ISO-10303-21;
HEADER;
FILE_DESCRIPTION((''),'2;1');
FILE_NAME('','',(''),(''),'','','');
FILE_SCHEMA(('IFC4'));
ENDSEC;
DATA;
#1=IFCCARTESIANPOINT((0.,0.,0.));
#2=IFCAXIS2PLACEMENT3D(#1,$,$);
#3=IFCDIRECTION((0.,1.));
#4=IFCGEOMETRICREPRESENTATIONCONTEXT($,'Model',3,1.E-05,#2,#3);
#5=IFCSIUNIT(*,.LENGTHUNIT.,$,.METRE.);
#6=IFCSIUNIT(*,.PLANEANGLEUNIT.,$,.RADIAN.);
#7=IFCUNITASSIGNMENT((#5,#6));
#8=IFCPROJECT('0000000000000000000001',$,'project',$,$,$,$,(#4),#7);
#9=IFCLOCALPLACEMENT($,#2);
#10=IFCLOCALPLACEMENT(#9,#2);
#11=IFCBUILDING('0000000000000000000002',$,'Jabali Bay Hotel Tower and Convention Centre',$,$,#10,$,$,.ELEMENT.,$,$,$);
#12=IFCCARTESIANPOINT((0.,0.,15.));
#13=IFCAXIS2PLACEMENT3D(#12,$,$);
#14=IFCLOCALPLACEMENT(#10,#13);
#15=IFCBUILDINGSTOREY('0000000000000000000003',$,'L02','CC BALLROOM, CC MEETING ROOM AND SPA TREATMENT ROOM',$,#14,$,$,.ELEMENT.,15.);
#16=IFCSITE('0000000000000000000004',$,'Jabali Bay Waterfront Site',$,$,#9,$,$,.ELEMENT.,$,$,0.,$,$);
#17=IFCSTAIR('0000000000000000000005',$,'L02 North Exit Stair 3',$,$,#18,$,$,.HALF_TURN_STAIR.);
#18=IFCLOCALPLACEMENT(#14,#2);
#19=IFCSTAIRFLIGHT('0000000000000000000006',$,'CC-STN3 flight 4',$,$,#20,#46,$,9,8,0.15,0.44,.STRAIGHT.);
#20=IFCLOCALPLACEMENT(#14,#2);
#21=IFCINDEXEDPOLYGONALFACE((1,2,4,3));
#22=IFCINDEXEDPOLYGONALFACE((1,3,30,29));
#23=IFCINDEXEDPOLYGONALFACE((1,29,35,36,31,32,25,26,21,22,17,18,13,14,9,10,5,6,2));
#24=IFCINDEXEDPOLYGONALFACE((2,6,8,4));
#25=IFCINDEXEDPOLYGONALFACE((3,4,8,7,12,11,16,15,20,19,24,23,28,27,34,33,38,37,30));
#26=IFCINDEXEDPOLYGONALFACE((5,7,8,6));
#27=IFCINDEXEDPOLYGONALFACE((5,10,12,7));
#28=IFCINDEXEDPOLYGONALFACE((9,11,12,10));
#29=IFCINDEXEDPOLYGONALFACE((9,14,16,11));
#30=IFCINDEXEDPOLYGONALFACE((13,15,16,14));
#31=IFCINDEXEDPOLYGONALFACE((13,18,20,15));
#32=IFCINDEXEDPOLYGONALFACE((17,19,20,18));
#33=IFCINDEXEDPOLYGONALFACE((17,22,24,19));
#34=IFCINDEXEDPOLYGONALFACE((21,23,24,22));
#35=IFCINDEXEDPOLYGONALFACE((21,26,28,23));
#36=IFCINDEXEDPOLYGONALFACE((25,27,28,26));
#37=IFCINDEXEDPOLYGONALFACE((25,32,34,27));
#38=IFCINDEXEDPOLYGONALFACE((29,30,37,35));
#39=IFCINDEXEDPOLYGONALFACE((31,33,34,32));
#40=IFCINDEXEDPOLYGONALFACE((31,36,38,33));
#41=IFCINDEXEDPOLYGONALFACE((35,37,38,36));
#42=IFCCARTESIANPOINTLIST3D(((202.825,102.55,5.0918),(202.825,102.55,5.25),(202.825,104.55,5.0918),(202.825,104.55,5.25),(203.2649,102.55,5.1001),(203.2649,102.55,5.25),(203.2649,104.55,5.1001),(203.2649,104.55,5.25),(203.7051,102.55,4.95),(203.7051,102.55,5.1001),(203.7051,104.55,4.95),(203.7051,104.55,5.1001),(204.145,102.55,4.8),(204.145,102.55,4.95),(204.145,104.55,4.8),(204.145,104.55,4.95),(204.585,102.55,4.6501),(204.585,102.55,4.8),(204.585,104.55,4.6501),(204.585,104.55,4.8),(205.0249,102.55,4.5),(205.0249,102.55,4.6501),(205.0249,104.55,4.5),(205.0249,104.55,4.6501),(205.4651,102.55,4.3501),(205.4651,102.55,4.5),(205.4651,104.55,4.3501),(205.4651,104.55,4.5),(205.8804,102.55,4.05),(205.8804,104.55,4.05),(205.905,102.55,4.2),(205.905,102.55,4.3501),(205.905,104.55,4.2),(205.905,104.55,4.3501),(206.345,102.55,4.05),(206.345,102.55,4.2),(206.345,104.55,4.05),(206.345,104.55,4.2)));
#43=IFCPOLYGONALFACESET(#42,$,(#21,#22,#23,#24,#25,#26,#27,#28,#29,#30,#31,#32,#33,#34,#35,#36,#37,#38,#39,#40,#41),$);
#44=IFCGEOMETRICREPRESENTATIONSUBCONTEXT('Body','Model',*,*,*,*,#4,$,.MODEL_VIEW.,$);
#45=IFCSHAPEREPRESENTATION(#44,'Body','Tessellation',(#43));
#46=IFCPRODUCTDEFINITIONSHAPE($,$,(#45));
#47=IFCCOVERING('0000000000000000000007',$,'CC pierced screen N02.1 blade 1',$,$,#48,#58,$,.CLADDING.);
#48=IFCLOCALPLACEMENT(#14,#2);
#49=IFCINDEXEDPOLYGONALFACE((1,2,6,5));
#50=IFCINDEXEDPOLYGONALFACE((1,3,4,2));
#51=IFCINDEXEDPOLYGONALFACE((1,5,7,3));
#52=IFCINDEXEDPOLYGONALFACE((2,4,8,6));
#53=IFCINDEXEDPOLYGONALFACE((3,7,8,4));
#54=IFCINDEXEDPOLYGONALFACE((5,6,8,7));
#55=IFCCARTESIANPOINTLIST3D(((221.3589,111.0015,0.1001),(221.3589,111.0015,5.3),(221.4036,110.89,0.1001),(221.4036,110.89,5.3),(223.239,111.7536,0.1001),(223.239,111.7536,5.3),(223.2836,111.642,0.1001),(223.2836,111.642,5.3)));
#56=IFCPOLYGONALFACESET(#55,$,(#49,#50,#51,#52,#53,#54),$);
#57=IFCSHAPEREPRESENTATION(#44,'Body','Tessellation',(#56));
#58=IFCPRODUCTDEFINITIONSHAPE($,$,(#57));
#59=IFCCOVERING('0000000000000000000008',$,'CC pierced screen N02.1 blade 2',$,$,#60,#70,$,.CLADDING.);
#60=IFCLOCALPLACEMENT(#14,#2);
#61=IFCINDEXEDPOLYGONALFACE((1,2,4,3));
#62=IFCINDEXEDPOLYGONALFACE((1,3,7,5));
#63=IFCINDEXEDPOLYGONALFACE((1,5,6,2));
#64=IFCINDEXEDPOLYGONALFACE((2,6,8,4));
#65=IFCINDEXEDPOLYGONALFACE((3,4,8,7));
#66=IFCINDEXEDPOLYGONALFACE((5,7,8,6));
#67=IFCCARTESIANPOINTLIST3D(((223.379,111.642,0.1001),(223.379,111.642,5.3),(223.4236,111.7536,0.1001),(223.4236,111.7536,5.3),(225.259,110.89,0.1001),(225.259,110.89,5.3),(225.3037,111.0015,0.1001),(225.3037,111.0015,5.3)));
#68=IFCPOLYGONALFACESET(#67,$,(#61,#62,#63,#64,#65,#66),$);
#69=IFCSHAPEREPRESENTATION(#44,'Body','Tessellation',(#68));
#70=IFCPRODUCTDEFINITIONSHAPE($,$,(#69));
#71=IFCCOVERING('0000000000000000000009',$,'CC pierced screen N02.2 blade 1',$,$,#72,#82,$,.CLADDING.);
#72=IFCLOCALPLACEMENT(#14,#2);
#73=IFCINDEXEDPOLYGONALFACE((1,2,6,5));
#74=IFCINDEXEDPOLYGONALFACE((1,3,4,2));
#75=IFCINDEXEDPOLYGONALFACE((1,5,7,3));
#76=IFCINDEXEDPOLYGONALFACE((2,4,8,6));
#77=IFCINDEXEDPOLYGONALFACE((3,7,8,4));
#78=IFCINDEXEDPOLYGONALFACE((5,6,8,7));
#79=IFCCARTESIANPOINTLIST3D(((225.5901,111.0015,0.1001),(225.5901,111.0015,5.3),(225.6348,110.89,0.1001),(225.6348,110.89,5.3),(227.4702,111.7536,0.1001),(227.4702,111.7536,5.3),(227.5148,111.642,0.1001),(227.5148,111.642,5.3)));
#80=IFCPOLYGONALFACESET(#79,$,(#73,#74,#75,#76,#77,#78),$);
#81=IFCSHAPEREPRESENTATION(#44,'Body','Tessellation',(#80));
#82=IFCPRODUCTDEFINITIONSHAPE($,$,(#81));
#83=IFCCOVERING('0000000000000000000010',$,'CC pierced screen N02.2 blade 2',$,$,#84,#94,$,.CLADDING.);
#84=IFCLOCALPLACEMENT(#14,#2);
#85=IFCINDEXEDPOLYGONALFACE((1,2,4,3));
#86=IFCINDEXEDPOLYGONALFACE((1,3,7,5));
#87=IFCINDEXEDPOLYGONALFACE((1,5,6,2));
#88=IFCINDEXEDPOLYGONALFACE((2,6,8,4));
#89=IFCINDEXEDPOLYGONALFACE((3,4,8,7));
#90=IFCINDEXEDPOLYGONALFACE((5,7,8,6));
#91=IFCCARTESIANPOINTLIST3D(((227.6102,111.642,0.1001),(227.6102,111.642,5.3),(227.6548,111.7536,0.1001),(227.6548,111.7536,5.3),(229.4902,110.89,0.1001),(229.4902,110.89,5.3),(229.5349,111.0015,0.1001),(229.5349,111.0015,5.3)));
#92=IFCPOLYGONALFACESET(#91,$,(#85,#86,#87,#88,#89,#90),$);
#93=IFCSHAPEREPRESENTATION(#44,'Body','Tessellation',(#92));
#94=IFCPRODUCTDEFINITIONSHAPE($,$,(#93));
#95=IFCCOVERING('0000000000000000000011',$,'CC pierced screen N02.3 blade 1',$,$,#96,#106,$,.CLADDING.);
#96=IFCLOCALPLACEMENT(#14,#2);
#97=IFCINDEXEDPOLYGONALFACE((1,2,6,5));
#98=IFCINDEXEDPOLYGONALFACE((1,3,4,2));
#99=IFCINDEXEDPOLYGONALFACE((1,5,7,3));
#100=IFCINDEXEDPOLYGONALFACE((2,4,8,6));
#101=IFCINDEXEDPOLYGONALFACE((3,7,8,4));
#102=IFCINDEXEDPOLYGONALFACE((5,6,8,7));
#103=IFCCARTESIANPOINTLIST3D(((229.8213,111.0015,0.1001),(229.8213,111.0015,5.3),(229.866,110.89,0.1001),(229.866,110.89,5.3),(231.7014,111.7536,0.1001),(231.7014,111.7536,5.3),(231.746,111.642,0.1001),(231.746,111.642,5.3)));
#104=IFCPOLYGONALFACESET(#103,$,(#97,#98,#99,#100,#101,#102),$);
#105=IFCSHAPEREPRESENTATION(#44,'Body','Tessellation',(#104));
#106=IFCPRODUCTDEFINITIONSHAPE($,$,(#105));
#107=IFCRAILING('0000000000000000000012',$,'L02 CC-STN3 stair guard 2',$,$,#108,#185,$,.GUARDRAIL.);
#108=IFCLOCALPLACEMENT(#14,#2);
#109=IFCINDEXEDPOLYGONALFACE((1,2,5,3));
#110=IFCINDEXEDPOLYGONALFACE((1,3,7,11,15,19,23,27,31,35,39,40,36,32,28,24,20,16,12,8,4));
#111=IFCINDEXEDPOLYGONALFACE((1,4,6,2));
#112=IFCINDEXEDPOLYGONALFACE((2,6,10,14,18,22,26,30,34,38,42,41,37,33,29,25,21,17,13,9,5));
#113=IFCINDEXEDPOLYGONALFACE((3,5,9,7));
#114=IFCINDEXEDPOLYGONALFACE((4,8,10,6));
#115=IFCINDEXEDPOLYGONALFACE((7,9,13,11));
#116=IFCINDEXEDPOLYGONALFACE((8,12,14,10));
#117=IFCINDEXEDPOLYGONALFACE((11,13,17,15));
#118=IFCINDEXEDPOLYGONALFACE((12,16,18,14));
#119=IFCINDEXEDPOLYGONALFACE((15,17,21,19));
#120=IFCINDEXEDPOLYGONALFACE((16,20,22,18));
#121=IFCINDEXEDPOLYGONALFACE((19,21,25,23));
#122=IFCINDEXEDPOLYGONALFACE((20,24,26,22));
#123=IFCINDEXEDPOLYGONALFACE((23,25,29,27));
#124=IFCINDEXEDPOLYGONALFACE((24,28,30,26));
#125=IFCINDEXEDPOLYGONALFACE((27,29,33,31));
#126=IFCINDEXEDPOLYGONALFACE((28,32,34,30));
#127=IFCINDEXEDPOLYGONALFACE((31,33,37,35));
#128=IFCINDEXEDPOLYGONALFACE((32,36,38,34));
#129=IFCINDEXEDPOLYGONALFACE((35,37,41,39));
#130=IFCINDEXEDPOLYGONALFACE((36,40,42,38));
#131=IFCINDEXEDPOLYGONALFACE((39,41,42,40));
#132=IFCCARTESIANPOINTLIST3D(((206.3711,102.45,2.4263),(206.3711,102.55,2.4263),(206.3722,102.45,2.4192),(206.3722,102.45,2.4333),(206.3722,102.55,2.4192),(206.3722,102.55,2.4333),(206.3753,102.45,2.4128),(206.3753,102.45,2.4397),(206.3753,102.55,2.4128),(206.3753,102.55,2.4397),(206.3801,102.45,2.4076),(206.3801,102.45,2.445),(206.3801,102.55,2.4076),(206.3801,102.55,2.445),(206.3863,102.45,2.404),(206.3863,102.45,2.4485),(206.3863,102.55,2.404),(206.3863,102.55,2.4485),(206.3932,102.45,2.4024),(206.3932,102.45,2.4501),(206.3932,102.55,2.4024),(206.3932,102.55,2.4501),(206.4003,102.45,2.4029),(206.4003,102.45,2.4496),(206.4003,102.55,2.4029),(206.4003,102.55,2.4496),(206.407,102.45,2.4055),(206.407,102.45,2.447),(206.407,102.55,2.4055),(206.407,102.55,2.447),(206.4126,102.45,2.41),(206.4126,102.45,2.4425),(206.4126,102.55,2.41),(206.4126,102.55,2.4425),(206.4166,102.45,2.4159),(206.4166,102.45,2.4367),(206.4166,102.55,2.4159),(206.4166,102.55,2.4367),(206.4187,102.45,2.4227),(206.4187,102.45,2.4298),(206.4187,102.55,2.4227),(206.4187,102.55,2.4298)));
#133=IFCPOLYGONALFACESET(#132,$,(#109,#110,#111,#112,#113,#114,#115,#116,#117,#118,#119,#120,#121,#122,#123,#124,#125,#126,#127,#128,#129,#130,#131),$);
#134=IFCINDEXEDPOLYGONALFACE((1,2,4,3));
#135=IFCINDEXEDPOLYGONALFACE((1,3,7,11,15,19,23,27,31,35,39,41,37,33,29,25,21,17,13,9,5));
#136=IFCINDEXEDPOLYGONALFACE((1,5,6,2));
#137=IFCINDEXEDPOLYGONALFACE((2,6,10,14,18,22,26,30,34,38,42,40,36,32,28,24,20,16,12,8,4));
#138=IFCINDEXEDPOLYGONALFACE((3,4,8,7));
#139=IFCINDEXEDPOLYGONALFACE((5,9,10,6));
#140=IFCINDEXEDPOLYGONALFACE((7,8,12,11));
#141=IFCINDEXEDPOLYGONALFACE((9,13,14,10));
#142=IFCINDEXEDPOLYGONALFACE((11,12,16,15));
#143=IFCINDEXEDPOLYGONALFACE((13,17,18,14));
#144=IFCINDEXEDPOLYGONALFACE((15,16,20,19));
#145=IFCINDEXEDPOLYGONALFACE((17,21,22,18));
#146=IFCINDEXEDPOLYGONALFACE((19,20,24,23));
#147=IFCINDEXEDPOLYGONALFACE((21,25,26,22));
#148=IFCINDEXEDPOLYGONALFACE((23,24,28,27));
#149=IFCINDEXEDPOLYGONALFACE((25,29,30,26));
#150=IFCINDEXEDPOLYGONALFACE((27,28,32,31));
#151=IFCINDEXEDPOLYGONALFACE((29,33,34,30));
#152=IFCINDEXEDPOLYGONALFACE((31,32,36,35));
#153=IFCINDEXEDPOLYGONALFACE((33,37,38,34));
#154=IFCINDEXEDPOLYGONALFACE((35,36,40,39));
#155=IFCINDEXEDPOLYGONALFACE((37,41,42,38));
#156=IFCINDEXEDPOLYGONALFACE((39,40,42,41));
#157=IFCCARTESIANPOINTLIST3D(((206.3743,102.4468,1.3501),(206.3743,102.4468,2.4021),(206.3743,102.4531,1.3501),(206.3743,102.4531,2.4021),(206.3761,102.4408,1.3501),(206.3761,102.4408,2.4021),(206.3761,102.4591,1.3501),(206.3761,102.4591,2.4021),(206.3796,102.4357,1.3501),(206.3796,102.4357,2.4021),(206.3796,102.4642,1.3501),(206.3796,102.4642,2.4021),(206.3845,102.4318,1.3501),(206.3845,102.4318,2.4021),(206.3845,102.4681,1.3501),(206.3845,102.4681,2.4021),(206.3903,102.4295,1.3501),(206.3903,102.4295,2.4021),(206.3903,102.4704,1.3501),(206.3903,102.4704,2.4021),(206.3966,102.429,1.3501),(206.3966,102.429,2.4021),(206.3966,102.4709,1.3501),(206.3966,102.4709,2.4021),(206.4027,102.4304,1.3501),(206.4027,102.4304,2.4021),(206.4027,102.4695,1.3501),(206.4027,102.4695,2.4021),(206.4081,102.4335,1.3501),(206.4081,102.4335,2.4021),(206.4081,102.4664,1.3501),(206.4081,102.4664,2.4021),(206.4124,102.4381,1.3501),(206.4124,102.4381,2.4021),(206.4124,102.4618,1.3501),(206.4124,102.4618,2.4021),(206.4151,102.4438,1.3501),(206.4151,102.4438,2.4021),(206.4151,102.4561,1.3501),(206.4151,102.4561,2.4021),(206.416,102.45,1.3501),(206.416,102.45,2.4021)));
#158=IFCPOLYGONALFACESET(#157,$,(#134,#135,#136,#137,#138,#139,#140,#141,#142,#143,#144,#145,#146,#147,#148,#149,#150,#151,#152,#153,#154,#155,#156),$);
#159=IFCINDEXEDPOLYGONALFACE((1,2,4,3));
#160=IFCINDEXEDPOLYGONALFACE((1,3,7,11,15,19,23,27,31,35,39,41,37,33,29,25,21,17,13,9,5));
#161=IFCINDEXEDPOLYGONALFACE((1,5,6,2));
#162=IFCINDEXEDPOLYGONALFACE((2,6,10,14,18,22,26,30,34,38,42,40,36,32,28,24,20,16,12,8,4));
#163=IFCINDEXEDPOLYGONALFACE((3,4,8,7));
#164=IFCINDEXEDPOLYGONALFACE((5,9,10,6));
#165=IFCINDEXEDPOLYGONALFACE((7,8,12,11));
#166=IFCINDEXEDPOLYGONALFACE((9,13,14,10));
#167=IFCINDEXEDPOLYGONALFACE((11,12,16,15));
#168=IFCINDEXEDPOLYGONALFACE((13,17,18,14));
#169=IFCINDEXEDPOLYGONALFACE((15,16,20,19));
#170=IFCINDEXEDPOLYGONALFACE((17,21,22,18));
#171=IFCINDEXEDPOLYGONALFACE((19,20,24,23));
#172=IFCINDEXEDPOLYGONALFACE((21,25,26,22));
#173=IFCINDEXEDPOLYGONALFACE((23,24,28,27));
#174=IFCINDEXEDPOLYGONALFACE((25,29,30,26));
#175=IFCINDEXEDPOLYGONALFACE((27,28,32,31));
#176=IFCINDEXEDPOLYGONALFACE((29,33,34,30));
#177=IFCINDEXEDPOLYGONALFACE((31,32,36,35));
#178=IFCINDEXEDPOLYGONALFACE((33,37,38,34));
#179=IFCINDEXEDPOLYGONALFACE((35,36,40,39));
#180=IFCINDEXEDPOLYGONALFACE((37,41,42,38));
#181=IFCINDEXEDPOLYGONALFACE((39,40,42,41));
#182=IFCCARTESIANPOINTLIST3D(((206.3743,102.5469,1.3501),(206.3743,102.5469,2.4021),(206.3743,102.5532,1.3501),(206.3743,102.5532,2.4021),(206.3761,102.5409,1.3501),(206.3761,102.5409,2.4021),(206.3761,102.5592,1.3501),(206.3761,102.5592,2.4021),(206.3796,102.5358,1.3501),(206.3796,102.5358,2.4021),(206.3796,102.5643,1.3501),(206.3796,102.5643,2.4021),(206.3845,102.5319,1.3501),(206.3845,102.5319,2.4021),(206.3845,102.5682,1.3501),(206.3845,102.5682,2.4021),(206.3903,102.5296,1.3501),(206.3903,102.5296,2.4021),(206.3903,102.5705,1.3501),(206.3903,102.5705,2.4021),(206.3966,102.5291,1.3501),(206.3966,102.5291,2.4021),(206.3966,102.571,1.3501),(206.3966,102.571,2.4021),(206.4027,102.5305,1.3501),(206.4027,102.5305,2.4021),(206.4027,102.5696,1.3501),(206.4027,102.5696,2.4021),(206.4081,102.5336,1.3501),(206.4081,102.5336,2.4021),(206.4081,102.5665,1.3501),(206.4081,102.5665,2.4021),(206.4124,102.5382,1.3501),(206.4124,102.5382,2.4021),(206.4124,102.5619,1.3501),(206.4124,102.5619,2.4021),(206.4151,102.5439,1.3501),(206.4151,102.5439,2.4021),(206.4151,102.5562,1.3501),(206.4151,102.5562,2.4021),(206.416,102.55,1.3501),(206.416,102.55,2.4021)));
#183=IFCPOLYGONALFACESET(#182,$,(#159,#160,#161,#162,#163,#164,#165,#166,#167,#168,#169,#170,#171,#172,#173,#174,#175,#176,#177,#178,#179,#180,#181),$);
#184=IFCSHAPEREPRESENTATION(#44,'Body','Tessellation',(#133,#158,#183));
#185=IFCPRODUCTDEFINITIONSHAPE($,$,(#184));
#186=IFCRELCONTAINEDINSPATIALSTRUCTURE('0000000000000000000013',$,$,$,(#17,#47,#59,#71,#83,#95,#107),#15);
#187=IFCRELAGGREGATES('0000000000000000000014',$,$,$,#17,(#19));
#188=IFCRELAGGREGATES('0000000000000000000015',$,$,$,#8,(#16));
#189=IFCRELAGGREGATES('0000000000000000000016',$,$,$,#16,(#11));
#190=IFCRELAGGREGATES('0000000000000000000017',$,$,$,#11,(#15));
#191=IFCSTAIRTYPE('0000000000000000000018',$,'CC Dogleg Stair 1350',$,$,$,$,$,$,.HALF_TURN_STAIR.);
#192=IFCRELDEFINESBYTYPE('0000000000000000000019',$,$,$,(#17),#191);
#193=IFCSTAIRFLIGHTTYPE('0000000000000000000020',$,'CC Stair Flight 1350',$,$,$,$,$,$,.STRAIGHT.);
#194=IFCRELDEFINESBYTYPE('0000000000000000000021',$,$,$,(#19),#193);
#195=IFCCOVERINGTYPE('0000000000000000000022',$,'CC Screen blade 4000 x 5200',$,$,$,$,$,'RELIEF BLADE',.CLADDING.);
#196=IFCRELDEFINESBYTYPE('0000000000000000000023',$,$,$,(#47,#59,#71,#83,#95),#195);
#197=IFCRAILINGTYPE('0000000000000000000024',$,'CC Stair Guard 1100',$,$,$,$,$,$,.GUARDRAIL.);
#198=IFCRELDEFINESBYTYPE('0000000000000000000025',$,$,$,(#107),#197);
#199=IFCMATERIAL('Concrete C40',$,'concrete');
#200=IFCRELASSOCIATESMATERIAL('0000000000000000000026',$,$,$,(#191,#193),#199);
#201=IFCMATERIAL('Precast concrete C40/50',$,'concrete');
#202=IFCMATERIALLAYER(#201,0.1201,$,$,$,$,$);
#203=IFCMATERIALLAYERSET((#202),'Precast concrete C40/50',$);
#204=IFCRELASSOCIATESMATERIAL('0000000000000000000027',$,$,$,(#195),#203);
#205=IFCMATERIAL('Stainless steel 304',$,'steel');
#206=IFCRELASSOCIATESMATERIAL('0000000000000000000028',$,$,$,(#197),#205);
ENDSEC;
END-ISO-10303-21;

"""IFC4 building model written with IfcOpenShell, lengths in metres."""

from ifc_helpers import new_model, si_unit, direction, frame, origin, origin_2d, place, context, subcontext, project, spatial, polyline, rectangle, circle, outline, extrude, material, layer, layer_set, type_object, element, aggregate, save


model = new_model("IFC4")

# Units and contexts
model_context = context("Model", 3, precision=1e-05, world=origin(), true_north=direction((0.0, 1.0)))
body_context = subcontext(model_context, "Body", "Model", "MODEL_VIEW")
ifc_project = project(units=[si_unit("LENGTHUNIT", "METRE"), si_unit("PLANEANGLEUNIT", "RADIAN")], contexts=[model_context])

# Site, building, storey
site_placement = place(None, origin())
site = spatial("IfcSite", under=ifc_project, at=site_placement, Name="Jabali Bay Waterfront Site", CompositionType="ELEMENT", RefElevation=0.0)
building_placement = place(site_placement, origin())
building = spatial("IfcBuilding", under=site, at=building_placement, Name="Jabali Bay Hotel Tower and Convention Centre", CompositionType="ELEMENT")
storey_placement = place(building_placement, frame((0.0, 0.0, 15.0)))
storey = spatial("IfcBuildingStorey", under=building, at=storey_placement, Name="L02", Description="CC BALLROOM, CC MEETING ROOM AND SPA TREATMENT ROOM", CompositionType="ELEMENT", Elevation=15.0)

# Shared definitions
ifc_material_1 = material(Name="Precast concrete C40/50", Category="concrete")

# Shared definitions
ifc_material_2 = material(Name="Concrete C40", Category="concrete")

# Stair, stair flight
stair_type = type_object("IfcStairType", Name="CC Dogleg Stair 1350", PredefinedType="HALF_TURN_STAIR", material=ifc_material_2)
stair_placement = place(storey_placement, origin())
stair = element("IfcStair", 1, at=stair_placement, inside=storey, type_object=stair_type, Name="L02 North Exit Stair 3", PredefinedType="HALF_TURN_STAIR")
stair_flight_type = type_object("IfcStairFlightType", Name="CC Stair Flight 1350", PredefinedType="STRAIGHT", material=ifc_material_2)
stair_flight_placement = place(storey_placement, frame((206.345, 103.55, 4.05), z_axis=(0.0, 0.0, 1.0), x_axis=(-1.0, 0.0, 0.0)))
stair_flight = element("IfcStairFlight", 2, at=stair_flight_placement, type_object=stair_flight_type, Name="CC-STN3 flight 4", NumberOfRisers=9, NumberOfTreads=8, PredefinedType="STRAIGHT", RiserHeight=0.15, TreadLength=0.44, context=body_context, shape_type="SweptSolid", body=[
    extrude(outline(polyline([(0.0, 0.0), (0.0, 0.1499), (0.4399, 0.1499), (0.4399, 0.3), (0.8799, 0.3), (0.8799, 0.45), (1.3201, 0.45), (1.3201, 0.6001), (1.76, 0.6001), (1.76, 0.75), (2.2, 0.75), (2.2, 0.8999), (2.6399, 0.8999), (2.6399, 1.05), (3.0801, 1.05), (3.0801, 1.2), (3.52, 1.2), (3.52, 1.3501), (3.52, 1.0417), (0.4646, 0.0), (0.0, 0.0)])), frame((0.0, 1.0, 0.0), z_axis=(0.0, -1.0, 0.0), x_axis=(1.0, 0.0, 0.0)), (0.0, 0.0, 1.0), 2.0),
])
aggregate(stair, [stair_flight])

# Coverings
ifc_layer_1 = layer(ifc_material_1, 0.1201)
ifc_layer_set_1 = layer_set([ifc_layer_1], Name="Precast concrete C40/50")
covering_type = type_object("IfcCoveringType", Name="CC Screen blade 4000 x 5200", ElementType="RELIEF BLADE", PredefinedType="CLADDING", material=ifc_layer_set_1)
for number, where, z_axis, x_axis, name in (
    (3, (222.3213, 111.3218, 0.1001), (0.0, 0.0, 1.0), (0.928477, 0.371391, 0.0), "CC pierced screen N02.1 blade 1"),
    (4, (224.3413, 111.3218, 0.1001), (0.0, 0.0, 1.0), (-0.928477, 0.371391, 0.0), "CC pierced screen N02.1 blade 2"),
    (5, (226.5525, 111.3218, 0.1001), (0.0, 0.0, 1.0), (0.928477, 0.371391, 0.0), "CC pierced screen N02.2 blade 1"),
    (6, (228.5725, 111.3218, 0.1001), (0.0, 0.0, 1.0), (-0.928477, 0.371391, 0.0), "CC pierced screen N02.2 blade 2"),
    (7, (230.7837, 111.3218, 0.1001), (0.0, 0.0, 1.0), (0.928477, 0.371391, 0.0), "CC pierced screen N02.3 blade 1"),
):
    element("IfcCovering", number, at=place(storey_placement, frame(where, z_axis=z_axis, x_axis=x_axis)), inside=storey, type_object=covering_type, Name=name, PredefinedType="CLADDING", context=body_context, shape_type="SweptSolid", body=[
        extrude(rectangle(XDim=2.0249, YDim=0.1201, at=origin_2d()), origin(), (0.0, 0.0, 1.0), 5.2),
    ])

# Railing
ifc_material_3 = material(Name="Stainless steel 304", Category="steel")
railing_type_1 = type_object("IfcRailingType", Name="CC Stair Guard 1100", PredefinedType="GUARDRAIL", material=ifc_material_3)
railing_1_placement = place(storey_placement, frame((206.395, 102.45, 1.3501)))
element("IfcRailing", 8, at=railing_1_placement, inside=storey, type_object=railing_type_1, Name="L02 CC-STN3 stair guard 2", PredefinedType="GUARDRAIL", context=body_context, shape_type="SweptSolid", body=[
    extrude(circle(Radius=0.0239, at=origin_2d()), frame((0.0, 0.0, 1.0762), z_axis=(0.0, 1.0, 0.0), x_axis=(-1.0, 0.0, 0.0)), (0.0, 0.0, 1.0), 0.1001),
    extrude(circle(Radius=0.021, at=origin_2d()), origin(), (0.0, 0.0, 1.0), 1.052),
    extrude(circle(Radius=0.021, at=origin_2d()), frame((0.0, 0.1001, 0.0)), (0.0, 0.0, 1.0), 1.052),
])

save(model, "model.ifc")
